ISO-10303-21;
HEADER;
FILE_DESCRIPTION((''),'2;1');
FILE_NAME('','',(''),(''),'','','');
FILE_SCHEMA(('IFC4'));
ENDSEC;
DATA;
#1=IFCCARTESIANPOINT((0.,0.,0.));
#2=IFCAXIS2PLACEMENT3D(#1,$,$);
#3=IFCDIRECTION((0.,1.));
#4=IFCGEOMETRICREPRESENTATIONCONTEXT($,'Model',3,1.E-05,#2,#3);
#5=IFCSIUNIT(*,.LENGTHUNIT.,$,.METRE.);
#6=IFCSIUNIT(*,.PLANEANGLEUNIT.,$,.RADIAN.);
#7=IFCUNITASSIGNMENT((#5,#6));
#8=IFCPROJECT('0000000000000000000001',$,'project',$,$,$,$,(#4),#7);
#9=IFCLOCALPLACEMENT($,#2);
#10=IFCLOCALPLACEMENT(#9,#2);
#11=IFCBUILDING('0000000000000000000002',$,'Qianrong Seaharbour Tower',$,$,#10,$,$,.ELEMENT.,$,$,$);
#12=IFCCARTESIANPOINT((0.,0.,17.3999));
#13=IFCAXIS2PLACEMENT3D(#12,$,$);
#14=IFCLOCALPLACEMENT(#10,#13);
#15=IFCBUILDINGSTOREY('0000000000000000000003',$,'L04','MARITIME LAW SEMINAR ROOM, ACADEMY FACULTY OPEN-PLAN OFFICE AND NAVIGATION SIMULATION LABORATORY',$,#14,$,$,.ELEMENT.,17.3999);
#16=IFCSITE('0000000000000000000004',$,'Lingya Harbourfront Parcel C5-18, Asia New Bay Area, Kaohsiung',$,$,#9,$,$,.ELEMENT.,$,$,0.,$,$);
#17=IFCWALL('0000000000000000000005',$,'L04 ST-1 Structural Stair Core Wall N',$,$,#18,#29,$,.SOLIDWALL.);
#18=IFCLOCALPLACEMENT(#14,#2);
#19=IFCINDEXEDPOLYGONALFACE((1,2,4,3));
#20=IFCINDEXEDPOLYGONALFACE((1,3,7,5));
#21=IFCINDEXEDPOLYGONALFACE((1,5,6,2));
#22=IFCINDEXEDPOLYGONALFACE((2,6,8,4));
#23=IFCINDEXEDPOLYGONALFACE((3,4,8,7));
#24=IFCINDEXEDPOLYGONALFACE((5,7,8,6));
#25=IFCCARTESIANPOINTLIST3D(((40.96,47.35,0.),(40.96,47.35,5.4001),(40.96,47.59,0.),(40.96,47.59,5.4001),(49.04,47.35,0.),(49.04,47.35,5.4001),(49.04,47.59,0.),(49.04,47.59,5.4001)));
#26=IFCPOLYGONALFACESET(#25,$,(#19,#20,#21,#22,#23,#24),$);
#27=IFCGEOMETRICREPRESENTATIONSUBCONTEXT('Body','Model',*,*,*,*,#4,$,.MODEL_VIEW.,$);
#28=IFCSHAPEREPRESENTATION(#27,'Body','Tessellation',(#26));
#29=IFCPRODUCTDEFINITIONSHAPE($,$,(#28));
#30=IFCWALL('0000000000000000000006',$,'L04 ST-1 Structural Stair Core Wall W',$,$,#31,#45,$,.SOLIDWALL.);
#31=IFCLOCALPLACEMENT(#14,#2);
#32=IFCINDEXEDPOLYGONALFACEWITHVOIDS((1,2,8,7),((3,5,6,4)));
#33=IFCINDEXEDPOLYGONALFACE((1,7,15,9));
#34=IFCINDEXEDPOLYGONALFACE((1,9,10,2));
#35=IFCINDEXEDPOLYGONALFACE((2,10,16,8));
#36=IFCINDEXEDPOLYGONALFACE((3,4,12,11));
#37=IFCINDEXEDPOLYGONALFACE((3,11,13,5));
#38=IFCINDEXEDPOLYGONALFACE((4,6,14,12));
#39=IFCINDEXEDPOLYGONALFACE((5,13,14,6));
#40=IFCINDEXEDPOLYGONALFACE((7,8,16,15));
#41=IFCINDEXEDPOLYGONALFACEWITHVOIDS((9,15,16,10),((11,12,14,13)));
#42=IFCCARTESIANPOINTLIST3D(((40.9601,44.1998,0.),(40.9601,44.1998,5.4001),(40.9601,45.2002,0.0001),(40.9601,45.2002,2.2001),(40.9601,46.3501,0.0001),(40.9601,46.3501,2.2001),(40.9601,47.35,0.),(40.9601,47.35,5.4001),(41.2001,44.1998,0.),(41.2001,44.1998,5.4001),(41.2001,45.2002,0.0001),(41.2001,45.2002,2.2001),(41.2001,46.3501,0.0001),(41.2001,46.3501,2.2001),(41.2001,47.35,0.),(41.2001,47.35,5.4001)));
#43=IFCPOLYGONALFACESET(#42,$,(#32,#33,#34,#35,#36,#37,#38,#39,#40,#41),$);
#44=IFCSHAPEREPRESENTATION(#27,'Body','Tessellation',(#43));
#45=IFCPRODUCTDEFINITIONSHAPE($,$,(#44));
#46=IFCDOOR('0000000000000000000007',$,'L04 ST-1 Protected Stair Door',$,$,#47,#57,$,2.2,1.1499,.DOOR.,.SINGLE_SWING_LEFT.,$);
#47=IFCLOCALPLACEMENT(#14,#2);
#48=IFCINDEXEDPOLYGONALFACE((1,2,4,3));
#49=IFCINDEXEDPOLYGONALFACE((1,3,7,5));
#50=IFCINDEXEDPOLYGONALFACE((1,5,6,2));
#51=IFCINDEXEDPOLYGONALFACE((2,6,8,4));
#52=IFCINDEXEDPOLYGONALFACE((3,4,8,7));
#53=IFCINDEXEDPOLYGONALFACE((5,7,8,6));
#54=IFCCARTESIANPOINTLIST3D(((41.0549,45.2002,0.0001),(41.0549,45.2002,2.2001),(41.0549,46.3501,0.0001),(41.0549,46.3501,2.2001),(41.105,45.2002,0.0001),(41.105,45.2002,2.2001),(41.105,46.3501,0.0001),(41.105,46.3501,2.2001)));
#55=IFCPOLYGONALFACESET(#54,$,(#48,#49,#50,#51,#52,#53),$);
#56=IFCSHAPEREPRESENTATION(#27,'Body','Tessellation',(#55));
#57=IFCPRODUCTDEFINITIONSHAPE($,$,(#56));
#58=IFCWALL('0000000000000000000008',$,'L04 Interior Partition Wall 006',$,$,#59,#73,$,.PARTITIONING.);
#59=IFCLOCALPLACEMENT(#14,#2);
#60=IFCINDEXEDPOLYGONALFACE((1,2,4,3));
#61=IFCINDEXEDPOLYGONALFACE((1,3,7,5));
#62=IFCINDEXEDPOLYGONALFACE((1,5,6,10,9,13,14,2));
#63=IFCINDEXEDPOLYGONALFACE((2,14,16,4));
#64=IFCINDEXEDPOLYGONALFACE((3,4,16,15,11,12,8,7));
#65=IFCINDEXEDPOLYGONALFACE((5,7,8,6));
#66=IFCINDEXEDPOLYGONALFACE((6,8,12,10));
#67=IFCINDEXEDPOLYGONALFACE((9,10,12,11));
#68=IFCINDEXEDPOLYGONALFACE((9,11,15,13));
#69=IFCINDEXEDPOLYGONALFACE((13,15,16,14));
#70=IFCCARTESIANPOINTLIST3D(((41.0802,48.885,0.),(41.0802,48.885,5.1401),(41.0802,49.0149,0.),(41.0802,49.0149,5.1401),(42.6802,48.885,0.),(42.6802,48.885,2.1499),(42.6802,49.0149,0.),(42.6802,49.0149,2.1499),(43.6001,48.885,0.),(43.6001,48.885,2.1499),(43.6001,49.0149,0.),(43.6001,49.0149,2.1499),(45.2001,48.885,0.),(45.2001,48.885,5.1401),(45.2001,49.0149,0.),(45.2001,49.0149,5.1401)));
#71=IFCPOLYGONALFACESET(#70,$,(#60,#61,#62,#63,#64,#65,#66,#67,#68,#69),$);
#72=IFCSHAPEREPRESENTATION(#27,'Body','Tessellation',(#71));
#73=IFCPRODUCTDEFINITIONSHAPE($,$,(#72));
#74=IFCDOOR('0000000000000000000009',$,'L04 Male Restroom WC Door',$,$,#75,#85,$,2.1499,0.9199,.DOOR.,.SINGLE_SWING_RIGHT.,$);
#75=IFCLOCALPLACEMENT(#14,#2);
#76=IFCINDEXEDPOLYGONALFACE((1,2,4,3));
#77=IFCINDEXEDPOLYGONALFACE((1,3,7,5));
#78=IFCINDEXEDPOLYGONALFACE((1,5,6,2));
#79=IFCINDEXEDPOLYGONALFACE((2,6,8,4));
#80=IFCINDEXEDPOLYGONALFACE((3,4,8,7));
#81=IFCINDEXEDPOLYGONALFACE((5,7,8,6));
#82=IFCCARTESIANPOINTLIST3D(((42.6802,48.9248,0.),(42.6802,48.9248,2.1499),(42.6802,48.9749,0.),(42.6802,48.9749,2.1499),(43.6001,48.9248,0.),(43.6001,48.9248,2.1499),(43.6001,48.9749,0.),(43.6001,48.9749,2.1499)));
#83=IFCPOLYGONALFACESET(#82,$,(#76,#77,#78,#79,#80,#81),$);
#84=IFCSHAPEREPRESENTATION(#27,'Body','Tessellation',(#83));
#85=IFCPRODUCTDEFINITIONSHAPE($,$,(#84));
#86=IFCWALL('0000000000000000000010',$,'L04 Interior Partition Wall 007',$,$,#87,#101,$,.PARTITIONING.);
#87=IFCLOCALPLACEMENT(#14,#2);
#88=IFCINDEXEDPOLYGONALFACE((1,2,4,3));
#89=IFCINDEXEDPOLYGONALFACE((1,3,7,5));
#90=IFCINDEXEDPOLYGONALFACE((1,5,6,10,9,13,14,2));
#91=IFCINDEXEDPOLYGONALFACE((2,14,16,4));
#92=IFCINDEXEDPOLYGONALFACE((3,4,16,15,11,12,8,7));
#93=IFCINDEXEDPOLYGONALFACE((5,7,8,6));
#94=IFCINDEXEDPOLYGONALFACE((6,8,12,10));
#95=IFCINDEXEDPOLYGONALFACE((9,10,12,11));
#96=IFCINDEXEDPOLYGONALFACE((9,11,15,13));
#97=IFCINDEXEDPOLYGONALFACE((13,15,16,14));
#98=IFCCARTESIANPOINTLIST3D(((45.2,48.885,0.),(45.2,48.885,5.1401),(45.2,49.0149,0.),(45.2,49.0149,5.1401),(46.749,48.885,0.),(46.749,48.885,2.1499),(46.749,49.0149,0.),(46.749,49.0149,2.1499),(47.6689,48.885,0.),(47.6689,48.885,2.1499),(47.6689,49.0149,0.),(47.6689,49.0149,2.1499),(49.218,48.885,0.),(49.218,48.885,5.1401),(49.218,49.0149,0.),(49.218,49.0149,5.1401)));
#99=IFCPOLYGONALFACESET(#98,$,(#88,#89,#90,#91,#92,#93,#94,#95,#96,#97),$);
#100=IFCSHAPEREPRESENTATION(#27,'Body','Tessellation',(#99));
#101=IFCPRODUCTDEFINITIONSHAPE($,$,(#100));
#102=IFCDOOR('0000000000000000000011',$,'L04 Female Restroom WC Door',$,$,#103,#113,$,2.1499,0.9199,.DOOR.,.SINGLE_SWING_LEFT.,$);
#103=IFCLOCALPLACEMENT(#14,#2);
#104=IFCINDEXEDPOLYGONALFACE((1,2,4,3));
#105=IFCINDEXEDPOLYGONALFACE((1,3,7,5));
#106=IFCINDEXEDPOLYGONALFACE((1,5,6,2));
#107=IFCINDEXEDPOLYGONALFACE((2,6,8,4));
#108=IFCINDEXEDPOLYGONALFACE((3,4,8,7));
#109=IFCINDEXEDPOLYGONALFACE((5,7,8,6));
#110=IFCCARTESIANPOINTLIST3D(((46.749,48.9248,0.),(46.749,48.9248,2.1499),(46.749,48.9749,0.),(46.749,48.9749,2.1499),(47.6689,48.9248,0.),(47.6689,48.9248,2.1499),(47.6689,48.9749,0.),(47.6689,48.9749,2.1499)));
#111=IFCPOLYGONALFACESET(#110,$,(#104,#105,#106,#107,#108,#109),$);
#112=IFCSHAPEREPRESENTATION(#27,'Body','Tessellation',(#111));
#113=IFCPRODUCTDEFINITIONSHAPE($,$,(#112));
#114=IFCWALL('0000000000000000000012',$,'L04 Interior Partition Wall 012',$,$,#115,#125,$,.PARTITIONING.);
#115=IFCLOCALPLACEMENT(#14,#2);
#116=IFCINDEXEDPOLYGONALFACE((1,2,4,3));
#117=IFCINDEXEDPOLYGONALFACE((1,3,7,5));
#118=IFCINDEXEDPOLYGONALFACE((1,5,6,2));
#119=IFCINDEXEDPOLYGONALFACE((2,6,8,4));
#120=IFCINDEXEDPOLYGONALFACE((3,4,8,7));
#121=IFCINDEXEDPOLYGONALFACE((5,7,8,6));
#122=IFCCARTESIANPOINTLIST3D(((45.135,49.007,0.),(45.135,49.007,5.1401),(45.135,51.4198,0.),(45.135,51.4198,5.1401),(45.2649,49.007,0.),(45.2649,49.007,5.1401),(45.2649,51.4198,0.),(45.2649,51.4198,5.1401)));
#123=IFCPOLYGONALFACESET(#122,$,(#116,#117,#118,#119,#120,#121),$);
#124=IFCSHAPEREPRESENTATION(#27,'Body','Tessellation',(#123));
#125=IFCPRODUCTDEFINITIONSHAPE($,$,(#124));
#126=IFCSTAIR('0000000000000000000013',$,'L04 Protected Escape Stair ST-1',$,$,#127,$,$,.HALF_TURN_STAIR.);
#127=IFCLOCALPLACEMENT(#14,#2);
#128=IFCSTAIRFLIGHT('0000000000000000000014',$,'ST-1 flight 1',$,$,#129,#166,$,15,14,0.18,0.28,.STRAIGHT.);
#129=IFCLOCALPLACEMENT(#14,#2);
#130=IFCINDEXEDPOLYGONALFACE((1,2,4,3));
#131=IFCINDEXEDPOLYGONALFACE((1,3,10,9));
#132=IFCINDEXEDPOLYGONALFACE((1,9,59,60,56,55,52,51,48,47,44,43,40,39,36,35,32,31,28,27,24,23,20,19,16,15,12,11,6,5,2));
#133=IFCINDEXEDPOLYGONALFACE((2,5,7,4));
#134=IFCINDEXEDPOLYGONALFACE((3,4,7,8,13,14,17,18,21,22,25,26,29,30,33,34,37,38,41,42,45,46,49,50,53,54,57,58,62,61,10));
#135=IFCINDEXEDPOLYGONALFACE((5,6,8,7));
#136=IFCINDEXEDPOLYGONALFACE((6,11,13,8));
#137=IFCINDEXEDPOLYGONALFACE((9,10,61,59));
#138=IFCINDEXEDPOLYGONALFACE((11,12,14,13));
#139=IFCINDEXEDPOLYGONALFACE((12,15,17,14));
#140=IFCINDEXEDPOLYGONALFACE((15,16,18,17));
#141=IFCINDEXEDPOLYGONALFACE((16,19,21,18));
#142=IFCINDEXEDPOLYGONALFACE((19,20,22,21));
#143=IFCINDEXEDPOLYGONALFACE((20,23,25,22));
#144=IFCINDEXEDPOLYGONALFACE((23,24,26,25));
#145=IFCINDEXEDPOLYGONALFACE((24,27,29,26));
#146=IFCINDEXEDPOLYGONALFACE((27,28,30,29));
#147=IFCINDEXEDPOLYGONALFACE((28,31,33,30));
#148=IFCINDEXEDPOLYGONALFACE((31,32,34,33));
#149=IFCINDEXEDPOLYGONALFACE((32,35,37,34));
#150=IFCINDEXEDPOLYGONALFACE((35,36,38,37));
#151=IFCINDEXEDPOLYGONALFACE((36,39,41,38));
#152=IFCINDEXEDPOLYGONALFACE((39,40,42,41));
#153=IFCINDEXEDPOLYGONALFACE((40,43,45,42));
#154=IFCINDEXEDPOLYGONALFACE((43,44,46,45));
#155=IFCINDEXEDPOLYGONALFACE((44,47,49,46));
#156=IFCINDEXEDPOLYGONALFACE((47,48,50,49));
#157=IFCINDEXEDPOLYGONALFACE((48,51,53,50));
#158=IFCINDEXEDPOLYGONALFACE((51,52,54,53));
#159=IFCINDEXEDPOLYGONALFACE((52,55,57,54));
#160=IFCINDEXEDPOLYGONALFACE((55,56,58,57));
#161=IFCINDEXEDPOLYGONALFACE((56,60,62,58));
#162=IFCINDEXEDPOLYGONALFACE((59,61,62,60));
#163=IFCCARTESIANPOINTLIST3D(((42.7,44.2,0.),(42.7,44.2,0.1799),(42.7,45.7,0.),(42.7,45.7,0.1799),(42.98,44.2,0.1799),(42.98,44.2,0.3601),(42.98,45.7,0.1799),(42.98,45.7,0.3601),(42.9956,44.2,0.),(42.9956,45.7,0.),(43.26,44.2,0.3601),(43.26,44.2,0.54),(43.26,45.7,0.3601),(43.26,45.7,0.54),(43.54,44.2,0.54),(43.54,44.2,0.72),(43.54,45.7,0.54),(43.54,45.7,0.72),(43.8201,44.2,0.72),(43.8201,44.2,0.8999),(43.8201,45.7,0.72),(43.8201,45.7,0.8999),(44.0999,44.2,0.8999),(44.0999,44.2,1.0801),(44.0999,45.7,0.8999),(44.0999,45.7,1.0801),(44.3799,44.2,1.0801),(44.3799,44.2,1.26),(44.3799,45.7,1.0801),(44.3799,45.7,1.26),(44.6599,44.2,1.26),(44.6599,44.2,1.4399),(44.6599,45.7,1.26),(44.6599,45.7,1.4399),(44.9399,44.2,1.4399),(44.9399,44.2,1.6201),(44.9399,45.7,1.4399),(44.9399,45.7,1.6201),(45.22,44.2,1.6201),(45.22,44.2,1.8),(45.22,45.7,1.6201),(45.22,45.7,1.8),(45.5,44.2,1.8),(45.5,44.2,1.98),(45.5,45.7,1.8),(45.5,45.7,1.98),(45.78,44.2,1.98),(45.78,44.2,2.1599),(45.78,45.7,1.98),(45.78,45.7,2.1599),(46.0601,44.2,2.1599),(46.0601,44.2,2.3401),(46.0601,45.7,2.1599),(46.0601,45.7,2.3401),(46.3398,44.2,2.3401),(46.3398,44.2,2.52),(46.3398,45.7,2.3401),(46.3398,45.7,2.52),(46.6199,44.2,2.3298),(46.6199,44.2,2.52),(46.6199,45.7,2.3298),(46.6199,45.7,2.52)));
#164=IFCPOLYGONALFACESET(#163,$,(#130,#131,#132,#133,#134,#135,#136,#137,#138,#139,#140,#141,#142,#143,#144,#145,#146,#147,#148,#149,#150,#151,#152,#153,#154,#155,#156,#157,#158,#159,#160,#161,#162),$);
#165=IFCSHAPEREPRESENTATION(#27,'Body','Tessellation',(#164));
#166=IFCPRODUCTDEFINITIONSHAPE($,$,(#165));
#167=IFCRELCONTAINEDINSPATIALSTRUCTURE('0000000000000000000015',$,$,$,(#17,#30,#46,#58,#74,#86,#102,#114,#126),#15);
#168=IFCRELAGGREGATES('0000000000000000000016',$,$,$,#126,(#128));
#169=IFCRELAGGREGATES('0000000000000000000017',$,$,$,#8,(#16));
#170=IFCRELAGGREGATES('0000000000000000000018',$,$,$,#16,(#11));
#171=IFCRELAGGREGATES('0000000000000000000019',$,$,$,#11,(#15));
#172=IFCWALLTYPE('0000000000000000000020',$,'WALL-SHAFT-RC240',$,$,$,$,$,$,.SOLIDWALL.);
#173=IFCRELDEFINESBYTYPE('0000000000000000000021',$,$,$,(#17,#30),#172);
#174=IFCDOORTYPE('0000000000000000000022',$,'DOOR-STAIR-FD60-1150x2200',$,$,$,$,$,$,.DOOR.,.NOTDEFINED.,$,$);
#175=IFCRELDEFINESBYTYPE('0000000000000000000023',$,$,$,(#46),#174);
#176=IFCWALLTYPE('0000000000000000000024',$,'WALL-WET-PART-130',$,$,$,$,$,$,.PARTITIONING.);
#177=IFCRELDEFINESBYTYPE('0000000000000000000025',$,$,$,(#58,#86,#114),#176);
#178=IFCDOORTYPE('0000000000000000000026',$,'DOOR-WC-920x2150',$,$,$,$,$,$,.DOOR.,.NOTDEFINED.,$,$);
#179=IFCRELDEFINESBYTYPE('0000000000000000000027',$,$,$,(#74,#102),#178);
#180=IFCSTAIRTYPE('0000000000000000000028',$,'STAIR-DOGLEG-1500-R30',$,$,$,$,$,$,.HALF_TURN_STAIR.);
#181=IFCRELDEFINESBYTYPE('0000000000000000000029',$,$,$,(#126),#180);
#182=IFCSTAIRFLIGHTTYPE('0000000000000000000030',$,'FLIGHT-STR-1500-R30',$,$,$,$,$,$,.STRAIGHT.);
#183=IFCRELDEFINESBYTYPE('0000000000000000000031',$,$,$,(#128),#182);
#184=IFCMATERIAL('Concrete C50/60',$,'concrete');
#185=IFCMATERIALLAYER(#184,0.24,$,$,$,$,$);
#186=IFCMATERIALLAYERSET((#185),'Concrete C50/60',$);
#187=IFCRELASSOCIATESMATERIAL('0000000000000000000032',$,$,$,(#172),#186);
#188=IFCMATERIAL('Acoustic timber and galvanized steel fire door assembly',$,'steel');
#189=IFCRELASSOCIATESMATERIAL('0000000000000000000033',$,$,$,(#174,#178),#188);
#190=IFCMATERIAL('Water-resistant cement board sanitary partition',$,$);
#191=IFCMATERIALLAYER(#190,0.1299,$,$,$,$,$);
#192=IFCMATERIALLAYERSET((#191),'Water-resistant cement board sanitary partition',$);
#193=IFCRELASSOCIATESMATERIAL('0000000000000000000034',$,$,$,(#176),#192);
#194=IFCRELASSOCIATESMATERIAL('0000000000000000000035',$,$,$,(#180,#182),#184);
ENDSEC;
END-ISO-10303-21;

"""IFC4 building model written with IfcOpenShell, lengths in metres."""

from ifc_helpers import new_model, si_unit, direction, frame, frame_2d, origin, place, context, subcontext, project, spatial, polyline, rectangle, outline, extrude, material, layer, layer_set, type_object, element, fill, aggregate, save


model = new_model("IFC4")

# Units and contexts
model_context = context("Model", 3, precision=1e-05, world=origin(), true_north=direction((0.0, 1.0)))
body_context = subcontext(model_context, "Body", "Model", "MODEL_VIEW")
ifc_project = project(units=[si_unit("LENGTHUNIT", "METRE"), si_unit("PLANEANGLEUNIT", "RADIAN")], contexts=[model_context])

# Site, building, storey
site_placement = place(None, origin())
site = spatial("IfcSite", under=ifc_project, at=site_placement, Name="Lingya Harbourfront Parcel C5-18, Asia New Bay Area, Kaohsiung", CompositionType="ELEMENT", RefElevation=0.0)
building_placement = place(site_placement, origin())
building = spatial("IfcBuilding", under=site, at=building_placement, Name="Qianrong Seaharbour Tower", CompositionType="ELEMENT")
storey_placement = place(building_placement, frame((0.0, 0.0, 17.3999)))
storey = spatial("IfcBuildingStorey", under=building, at=storey_placement, Name="L04", Description="MARITIME LAW SEMINAR ROOM, ACADEMY FACULTY OPEN-PLAN OFFICE AND NAVIGATION SIMULATION LABORATORY", CompositionType="ELEMENT", Elevation=17.3999)

# Shared definitions
ifc_material_1 = material(Name="Acoustic timber and galvanized steel fire door assembly", Category="steel")

# Wall
ifc_material_2 = material(Name="Concrete C50/60", Category="concrete")
ifc_layer_1 = layer(ifc_material_2, 0.24)
ifc_layer_set_1 = layer_set([ifc_layer_1], Name="Concrete C50/60")
wall_type_1 = type_object("IfcWallType", Name="WALL-SHAFT-RC240", PredefinedType="SOLIDWALL", material=ifc_layer_set_1)
wall_1_placement = place(storey_placement, frame((40.96, 47.47, 0.0), z_axis=(0.0, 0.0, 1.0), x_axis=(1.0, 0.0, 0.0)))
element("IfcWall", 1, at=wall_1_placement, inside=storey, type_object=wall_type_1, Name="L04 ST-1 Structural Stair Core Wall N", PredefinedType="SOLIDWALL", context=body_context, shape_type="SweptSolid", body=[
    extrude(rectangle(XDim=8.0801, YDim=0.24, at=frame_2d((4.04, 0.0))), origin(), (0.0, 0.0, 1.0), 5.4001),
])

# Walls, openings, doors
wall_2_placement = place(storey_placement, frame((41.0801, 47.3501, 0.0), z_axis=(0.0, 0.0, 1.0), x_axis=(0.0, -1.0, 0.0)))
wall_2 = element("IfcWall", 2, at=wall_2_placement, inside=storey, type_object=wall_type_1, Name="L04 ST-1 Structural Stair Core Wall W", PredefinedType="SOLIDWALL", context=body_context, shape_type="SweptSolid", body=[
    extrude(rectangle(XDim=3.1501, YDim=0.24, at=frame_2d((1.5752, 0.0))), origin(), (0.0, 0.0, 1.0), 5.4001),
])
opening_1_placement = place(wall_2_placement, frame((1.0, 0.0, 0.0)))
opening_1 = element("IfcOpeningElement", 3, at=opening_1_placement, cuts=wall_2, PredefinedType="OPENING", context=body_context, shape_type="SweptSolid", body=[
    extrude(rectangle(XDim=1.1499, YDim=2.2, at=frame_2d((0.575, 1.1001))), frame((0.0, 0.1299, 0.0), z_axis=(0.0, -1.0, 0.0), x_axis=(1.0, 0.0, 0.0)), (0.0, 0.0, 1.0), 0.26),
])
door_type_1 = type_object("IfcDoorType", Name="DOOR-STAIR-FD60-1150x2200", OperationType="NOTDEFINED", PredefinedType="DOOR", material=ifc_material_1)
door_1_placement = place(opening_1_placement, origin())
door_1 = element("IfcDoor", 4, at=door_1_placement, inside=storey, type_object=door_type_1, Name="L04 ST-1 Protected Stair Door", OperationType="SINGLE_SWING_LEFT", OverallHeight=2.2, OverallWidth=1.1499, PredefinedType="DOOR", context=body_context, shape_type="SweptSolid", body=[
    extrude(rectangle(XDim=1.1499, YDim=2.2, at=frame_2d((0.575, 1.1001))), frame((0.0, 0.0249, 0.0), z_axis=(0.0, -1.0, 0.0), x_axis=(1.0, 0.0, 0.0)), (0.0, 0.0, 1.0), 0.05),
])
fill(opening_1, door_1)
ifc_material_3 = material(Name="Water-resistant cement board sanitary partition")
ifc_layer_2 = layer(ifc_material_3, 0.1299)
ifc_layer_set_2 = layer_set([ifc_layer_2], Name="Water-resistant cement board sanitary partition")
wall_type_2 = type_object("IfcWallType", Name="WALL-WET-PART-130", PredefinedType="PARTITIONING", material=ifc_layer_set_2)
wall_3_placement = place(storey_placement, frame((41.0801, 48.95, 0.0), z_axis=(0.0, 0.0, 1.0), x_axis=(1.0, 0.0, 0.0)))
wall_3 = element("IfcWall", 5, at=wall_3_placement, inside=storey, type_object=wall_type_2, Name="L04 Interior Partition Wall 006", PredefinedType="PARTITIONING", context=body_context, shape_type="SweptSolid", body=[
    extrude(rectangle(XDim=4.1199, YDim=0.1299, at=frame_2d((2.0601, 0.0))), origin(), (0.0, 0.0, 1.0), 5.1401),
])
opening_2_placement = place(wall_3_placement, frame((1.6001, 0.0, 0.0)))
opening_2 = element("IfcOpeningElement", 6, at=opening_2_placement, cuts=wall_3, PredefinedType="OPENING", context=body_context, shape_type="SweptSolid", body=[
    extrude(rectangle(XDim=0.9199, YDim=2.1499, at=frame_2d((0.46, 1.075))), frame((0.0, 0.075, 0.0), z_axis=(0.0, -1.0, 0.0), x_axis=(1.0, 0.0, 0.0)), (0.0, 0.0, 1.0), 0.1499),
])
door_type_2 = type_object("IfcDoorType", Name="DOOR-WC-920x2150", OperationType="NOTDEFINED", PredefinedType="DOOR", material=ifc_material_1)
door_2_placement = place(opening_2_placement, origin())
door_2 = element("IfcDoor", 7, at=door_2_placement, inside=storey, type_object=door_type_2, Name="L04 Male Restroom WC Door", OperationType="SINGLE_SWING_RIGHT", OverallHeight=2.1499, OverallWidth=0.9199, PredefinedType="DOOR", context=body_context, shape_type="SweptSolid", body=[
    extrude(rectangle(XDim=0.9199, YDim=2.1499, at=frame_2d((0.46, 1.075))), frame((0.0, 0.0249, 0.0), z_axis=(0.0, -1.0, 0.0), x_axis=(1.0, 0.0, 0.0)), (0.0, 0.0, 1.0), 0.05),
])
fill(opening_2, door_2)
wall_4_placement = place(storey_placement, frame((45.2, 48.95, 0.0), z_axis=(0.0, 0.0, 1.0), x_axis=(1.0, 0.0, 0.0)))
wall_4 = element("IfcWall", 8, at=wall_4_placement, inside=storey, type_object=wall_type_2, Name="L04 Interior Partition Wall 007", PredefinedType="PARTITIONING", context=body_context, shape_type="SweptSolid", body=[
    extrude(rectangle(XDim=4.0181, YDim=0.1299, at=frame_2d((2.009, 0.0))), origin(), (0.0, 0.0, 1.0), 5.1401),
])
opening_3_placement = place(wall_4_placement, frame((1.5491, 0.0, 0.0)))
opening_3 = element("IfcOpeningElement", 9, at=opening_3_placement, cuts=wall_4, PredefinedType="OPENING", context=body_context, shape_type="SweptSolid", body=[
    extrude(rectangle(XDim=0.9199, YDim=2.1499, at=frame_2d((0.46, 1.075))), frame((0.0, 0.075, 0.0), z_axis=(0.0, -1.0, 0.0), x_axis=(1.0, 0.0, 0.0)), (0.0, 0.0, 1.0), 0.1499),
])
door_3_placement = place(opening_3_placement, origin())
door_3 = element("IfcDoor", 10, at=door_3_placement, inside=storey, type_object=door_type_2, Name="L04 Female Restroom WC Door", OperationType="SINGLE_SWING_LEFT", OverallHeight=2.1499, OverallWidth=0.9199, PredefinedType="DOOR", context=body_context, shape_type="SweptSolid", body=[
    extrude(rectangle(XDim=0.9199, YDim=2.1499, at=frame_2d((0.46, 1.075))), frame((0.0, 0.0249, 0.0), z_axis=(0.0, -1.0, 0.0), x_axis=(1.0, 0.0, 0.0)), (0.0, 0.0, 1.0), 0.05),
])
fill(opening_3, door_3)

# Wall
wall_5_placement = place(storey_placement, frame((45.2, 51.4199, 0.0), z_axis=(0.0, 0.0, 1.0), x_axis=(0.0, -1.0, 0.0)))
element("IfcWall", 11, at=wall_5_placement, inside=storey, type_object=wall_type_2, Name="L04 Interior Partition Wall 012", PredefinedType="PARTITIONING", context=body_context, shape_type="SweptSolid", body=[
    extrude(rectangle(XDim=2.4128, YDim=0.1299, at=frame_2d((1.2065, 0.0))), origin(), (0.0, 0.0, 1.0), 5.1401),
])

# Stair, stair flight
stair_type = type_object("IfcStairType", Name="STAIR-DOGLEG-1500-R30", PredefinedType="HALF_TURN_STAIR", material=ifc_material_2)
stair_placement = place(storey_placement, origin())
stair = element("IfcStair", 12, at=stair_placement, inside=storey, type_object=stair_type, Name="L04 Protected Escape Stair ST-1", PredefinedType="HALF_TURN_STAIR")
stair_flight_type = type_object("IfcStairFlightType", Name="FLIGHT-STR-1500-R30", PredefinedType="STRAIGHT", material=ifc_material_2)
stair_flight_1_placement = place(storey_placement, frame((42.7, 44.95, 0.0), z_axis=(0.0, 0.0, 1.0), x_axis=(1.0, 0.0, 0.0)))
stair_flight_1 = element("IfcStairFlight", 13, at=stair_flight_1_placement, type_object=stair_flight_type, Name="ST-1 flight 1", NumberOfRisers=15, NumberOfTreads=14, PredefinedType="STRAIGHT", RiserHeight=0.18, TreadLength=0.28, context=body_context, shape_type="SweptSolid", body=[
    extrude(outline(polyline([(0.0, 0.0), (0.0, 0.1799), (0.28, 0.1799), (0.28, 0.3601), (0.5601, 0.3601), (0.5601, 0.54), (0.8401, 0.54), (0.8401, 0.72), (1.1201, 0.72), (1.1201, 0.8999), (1.3999, 0.8999), (1.3999, 1.0801), (1.6799, 1.0801), (1.6799, 1.26), (1.96, 1.26), (1.96, 1.4399), (2.24, 1.4399), (2.24, 1.6201), (2.52, 1.6201), (2.52, 1.8), (2.8, 1.8), (2.8, 1.98), (3.0801, 1.98), (3.0801, 2.1599), (3.3601, 2.1599), (3.3601, 2.3401), (3.6399, 2.3401), (3.6399, 2.52), (3.9199, 2.52), (3.9199, 2.7), (3.9199, 2.3298), (0.2957, 0.0), (0.0, 0.0)])), frame((0.0, 0.75, 0.0), z_axis=(0.0, -1.0, 0.0), x_axis=(1.0, 0.0, 0.0)), (0.0, 0.0, 1.0), 1.5),
])
aggregate(stair, [stair_flight_1])

save(model, "model.ifc")
